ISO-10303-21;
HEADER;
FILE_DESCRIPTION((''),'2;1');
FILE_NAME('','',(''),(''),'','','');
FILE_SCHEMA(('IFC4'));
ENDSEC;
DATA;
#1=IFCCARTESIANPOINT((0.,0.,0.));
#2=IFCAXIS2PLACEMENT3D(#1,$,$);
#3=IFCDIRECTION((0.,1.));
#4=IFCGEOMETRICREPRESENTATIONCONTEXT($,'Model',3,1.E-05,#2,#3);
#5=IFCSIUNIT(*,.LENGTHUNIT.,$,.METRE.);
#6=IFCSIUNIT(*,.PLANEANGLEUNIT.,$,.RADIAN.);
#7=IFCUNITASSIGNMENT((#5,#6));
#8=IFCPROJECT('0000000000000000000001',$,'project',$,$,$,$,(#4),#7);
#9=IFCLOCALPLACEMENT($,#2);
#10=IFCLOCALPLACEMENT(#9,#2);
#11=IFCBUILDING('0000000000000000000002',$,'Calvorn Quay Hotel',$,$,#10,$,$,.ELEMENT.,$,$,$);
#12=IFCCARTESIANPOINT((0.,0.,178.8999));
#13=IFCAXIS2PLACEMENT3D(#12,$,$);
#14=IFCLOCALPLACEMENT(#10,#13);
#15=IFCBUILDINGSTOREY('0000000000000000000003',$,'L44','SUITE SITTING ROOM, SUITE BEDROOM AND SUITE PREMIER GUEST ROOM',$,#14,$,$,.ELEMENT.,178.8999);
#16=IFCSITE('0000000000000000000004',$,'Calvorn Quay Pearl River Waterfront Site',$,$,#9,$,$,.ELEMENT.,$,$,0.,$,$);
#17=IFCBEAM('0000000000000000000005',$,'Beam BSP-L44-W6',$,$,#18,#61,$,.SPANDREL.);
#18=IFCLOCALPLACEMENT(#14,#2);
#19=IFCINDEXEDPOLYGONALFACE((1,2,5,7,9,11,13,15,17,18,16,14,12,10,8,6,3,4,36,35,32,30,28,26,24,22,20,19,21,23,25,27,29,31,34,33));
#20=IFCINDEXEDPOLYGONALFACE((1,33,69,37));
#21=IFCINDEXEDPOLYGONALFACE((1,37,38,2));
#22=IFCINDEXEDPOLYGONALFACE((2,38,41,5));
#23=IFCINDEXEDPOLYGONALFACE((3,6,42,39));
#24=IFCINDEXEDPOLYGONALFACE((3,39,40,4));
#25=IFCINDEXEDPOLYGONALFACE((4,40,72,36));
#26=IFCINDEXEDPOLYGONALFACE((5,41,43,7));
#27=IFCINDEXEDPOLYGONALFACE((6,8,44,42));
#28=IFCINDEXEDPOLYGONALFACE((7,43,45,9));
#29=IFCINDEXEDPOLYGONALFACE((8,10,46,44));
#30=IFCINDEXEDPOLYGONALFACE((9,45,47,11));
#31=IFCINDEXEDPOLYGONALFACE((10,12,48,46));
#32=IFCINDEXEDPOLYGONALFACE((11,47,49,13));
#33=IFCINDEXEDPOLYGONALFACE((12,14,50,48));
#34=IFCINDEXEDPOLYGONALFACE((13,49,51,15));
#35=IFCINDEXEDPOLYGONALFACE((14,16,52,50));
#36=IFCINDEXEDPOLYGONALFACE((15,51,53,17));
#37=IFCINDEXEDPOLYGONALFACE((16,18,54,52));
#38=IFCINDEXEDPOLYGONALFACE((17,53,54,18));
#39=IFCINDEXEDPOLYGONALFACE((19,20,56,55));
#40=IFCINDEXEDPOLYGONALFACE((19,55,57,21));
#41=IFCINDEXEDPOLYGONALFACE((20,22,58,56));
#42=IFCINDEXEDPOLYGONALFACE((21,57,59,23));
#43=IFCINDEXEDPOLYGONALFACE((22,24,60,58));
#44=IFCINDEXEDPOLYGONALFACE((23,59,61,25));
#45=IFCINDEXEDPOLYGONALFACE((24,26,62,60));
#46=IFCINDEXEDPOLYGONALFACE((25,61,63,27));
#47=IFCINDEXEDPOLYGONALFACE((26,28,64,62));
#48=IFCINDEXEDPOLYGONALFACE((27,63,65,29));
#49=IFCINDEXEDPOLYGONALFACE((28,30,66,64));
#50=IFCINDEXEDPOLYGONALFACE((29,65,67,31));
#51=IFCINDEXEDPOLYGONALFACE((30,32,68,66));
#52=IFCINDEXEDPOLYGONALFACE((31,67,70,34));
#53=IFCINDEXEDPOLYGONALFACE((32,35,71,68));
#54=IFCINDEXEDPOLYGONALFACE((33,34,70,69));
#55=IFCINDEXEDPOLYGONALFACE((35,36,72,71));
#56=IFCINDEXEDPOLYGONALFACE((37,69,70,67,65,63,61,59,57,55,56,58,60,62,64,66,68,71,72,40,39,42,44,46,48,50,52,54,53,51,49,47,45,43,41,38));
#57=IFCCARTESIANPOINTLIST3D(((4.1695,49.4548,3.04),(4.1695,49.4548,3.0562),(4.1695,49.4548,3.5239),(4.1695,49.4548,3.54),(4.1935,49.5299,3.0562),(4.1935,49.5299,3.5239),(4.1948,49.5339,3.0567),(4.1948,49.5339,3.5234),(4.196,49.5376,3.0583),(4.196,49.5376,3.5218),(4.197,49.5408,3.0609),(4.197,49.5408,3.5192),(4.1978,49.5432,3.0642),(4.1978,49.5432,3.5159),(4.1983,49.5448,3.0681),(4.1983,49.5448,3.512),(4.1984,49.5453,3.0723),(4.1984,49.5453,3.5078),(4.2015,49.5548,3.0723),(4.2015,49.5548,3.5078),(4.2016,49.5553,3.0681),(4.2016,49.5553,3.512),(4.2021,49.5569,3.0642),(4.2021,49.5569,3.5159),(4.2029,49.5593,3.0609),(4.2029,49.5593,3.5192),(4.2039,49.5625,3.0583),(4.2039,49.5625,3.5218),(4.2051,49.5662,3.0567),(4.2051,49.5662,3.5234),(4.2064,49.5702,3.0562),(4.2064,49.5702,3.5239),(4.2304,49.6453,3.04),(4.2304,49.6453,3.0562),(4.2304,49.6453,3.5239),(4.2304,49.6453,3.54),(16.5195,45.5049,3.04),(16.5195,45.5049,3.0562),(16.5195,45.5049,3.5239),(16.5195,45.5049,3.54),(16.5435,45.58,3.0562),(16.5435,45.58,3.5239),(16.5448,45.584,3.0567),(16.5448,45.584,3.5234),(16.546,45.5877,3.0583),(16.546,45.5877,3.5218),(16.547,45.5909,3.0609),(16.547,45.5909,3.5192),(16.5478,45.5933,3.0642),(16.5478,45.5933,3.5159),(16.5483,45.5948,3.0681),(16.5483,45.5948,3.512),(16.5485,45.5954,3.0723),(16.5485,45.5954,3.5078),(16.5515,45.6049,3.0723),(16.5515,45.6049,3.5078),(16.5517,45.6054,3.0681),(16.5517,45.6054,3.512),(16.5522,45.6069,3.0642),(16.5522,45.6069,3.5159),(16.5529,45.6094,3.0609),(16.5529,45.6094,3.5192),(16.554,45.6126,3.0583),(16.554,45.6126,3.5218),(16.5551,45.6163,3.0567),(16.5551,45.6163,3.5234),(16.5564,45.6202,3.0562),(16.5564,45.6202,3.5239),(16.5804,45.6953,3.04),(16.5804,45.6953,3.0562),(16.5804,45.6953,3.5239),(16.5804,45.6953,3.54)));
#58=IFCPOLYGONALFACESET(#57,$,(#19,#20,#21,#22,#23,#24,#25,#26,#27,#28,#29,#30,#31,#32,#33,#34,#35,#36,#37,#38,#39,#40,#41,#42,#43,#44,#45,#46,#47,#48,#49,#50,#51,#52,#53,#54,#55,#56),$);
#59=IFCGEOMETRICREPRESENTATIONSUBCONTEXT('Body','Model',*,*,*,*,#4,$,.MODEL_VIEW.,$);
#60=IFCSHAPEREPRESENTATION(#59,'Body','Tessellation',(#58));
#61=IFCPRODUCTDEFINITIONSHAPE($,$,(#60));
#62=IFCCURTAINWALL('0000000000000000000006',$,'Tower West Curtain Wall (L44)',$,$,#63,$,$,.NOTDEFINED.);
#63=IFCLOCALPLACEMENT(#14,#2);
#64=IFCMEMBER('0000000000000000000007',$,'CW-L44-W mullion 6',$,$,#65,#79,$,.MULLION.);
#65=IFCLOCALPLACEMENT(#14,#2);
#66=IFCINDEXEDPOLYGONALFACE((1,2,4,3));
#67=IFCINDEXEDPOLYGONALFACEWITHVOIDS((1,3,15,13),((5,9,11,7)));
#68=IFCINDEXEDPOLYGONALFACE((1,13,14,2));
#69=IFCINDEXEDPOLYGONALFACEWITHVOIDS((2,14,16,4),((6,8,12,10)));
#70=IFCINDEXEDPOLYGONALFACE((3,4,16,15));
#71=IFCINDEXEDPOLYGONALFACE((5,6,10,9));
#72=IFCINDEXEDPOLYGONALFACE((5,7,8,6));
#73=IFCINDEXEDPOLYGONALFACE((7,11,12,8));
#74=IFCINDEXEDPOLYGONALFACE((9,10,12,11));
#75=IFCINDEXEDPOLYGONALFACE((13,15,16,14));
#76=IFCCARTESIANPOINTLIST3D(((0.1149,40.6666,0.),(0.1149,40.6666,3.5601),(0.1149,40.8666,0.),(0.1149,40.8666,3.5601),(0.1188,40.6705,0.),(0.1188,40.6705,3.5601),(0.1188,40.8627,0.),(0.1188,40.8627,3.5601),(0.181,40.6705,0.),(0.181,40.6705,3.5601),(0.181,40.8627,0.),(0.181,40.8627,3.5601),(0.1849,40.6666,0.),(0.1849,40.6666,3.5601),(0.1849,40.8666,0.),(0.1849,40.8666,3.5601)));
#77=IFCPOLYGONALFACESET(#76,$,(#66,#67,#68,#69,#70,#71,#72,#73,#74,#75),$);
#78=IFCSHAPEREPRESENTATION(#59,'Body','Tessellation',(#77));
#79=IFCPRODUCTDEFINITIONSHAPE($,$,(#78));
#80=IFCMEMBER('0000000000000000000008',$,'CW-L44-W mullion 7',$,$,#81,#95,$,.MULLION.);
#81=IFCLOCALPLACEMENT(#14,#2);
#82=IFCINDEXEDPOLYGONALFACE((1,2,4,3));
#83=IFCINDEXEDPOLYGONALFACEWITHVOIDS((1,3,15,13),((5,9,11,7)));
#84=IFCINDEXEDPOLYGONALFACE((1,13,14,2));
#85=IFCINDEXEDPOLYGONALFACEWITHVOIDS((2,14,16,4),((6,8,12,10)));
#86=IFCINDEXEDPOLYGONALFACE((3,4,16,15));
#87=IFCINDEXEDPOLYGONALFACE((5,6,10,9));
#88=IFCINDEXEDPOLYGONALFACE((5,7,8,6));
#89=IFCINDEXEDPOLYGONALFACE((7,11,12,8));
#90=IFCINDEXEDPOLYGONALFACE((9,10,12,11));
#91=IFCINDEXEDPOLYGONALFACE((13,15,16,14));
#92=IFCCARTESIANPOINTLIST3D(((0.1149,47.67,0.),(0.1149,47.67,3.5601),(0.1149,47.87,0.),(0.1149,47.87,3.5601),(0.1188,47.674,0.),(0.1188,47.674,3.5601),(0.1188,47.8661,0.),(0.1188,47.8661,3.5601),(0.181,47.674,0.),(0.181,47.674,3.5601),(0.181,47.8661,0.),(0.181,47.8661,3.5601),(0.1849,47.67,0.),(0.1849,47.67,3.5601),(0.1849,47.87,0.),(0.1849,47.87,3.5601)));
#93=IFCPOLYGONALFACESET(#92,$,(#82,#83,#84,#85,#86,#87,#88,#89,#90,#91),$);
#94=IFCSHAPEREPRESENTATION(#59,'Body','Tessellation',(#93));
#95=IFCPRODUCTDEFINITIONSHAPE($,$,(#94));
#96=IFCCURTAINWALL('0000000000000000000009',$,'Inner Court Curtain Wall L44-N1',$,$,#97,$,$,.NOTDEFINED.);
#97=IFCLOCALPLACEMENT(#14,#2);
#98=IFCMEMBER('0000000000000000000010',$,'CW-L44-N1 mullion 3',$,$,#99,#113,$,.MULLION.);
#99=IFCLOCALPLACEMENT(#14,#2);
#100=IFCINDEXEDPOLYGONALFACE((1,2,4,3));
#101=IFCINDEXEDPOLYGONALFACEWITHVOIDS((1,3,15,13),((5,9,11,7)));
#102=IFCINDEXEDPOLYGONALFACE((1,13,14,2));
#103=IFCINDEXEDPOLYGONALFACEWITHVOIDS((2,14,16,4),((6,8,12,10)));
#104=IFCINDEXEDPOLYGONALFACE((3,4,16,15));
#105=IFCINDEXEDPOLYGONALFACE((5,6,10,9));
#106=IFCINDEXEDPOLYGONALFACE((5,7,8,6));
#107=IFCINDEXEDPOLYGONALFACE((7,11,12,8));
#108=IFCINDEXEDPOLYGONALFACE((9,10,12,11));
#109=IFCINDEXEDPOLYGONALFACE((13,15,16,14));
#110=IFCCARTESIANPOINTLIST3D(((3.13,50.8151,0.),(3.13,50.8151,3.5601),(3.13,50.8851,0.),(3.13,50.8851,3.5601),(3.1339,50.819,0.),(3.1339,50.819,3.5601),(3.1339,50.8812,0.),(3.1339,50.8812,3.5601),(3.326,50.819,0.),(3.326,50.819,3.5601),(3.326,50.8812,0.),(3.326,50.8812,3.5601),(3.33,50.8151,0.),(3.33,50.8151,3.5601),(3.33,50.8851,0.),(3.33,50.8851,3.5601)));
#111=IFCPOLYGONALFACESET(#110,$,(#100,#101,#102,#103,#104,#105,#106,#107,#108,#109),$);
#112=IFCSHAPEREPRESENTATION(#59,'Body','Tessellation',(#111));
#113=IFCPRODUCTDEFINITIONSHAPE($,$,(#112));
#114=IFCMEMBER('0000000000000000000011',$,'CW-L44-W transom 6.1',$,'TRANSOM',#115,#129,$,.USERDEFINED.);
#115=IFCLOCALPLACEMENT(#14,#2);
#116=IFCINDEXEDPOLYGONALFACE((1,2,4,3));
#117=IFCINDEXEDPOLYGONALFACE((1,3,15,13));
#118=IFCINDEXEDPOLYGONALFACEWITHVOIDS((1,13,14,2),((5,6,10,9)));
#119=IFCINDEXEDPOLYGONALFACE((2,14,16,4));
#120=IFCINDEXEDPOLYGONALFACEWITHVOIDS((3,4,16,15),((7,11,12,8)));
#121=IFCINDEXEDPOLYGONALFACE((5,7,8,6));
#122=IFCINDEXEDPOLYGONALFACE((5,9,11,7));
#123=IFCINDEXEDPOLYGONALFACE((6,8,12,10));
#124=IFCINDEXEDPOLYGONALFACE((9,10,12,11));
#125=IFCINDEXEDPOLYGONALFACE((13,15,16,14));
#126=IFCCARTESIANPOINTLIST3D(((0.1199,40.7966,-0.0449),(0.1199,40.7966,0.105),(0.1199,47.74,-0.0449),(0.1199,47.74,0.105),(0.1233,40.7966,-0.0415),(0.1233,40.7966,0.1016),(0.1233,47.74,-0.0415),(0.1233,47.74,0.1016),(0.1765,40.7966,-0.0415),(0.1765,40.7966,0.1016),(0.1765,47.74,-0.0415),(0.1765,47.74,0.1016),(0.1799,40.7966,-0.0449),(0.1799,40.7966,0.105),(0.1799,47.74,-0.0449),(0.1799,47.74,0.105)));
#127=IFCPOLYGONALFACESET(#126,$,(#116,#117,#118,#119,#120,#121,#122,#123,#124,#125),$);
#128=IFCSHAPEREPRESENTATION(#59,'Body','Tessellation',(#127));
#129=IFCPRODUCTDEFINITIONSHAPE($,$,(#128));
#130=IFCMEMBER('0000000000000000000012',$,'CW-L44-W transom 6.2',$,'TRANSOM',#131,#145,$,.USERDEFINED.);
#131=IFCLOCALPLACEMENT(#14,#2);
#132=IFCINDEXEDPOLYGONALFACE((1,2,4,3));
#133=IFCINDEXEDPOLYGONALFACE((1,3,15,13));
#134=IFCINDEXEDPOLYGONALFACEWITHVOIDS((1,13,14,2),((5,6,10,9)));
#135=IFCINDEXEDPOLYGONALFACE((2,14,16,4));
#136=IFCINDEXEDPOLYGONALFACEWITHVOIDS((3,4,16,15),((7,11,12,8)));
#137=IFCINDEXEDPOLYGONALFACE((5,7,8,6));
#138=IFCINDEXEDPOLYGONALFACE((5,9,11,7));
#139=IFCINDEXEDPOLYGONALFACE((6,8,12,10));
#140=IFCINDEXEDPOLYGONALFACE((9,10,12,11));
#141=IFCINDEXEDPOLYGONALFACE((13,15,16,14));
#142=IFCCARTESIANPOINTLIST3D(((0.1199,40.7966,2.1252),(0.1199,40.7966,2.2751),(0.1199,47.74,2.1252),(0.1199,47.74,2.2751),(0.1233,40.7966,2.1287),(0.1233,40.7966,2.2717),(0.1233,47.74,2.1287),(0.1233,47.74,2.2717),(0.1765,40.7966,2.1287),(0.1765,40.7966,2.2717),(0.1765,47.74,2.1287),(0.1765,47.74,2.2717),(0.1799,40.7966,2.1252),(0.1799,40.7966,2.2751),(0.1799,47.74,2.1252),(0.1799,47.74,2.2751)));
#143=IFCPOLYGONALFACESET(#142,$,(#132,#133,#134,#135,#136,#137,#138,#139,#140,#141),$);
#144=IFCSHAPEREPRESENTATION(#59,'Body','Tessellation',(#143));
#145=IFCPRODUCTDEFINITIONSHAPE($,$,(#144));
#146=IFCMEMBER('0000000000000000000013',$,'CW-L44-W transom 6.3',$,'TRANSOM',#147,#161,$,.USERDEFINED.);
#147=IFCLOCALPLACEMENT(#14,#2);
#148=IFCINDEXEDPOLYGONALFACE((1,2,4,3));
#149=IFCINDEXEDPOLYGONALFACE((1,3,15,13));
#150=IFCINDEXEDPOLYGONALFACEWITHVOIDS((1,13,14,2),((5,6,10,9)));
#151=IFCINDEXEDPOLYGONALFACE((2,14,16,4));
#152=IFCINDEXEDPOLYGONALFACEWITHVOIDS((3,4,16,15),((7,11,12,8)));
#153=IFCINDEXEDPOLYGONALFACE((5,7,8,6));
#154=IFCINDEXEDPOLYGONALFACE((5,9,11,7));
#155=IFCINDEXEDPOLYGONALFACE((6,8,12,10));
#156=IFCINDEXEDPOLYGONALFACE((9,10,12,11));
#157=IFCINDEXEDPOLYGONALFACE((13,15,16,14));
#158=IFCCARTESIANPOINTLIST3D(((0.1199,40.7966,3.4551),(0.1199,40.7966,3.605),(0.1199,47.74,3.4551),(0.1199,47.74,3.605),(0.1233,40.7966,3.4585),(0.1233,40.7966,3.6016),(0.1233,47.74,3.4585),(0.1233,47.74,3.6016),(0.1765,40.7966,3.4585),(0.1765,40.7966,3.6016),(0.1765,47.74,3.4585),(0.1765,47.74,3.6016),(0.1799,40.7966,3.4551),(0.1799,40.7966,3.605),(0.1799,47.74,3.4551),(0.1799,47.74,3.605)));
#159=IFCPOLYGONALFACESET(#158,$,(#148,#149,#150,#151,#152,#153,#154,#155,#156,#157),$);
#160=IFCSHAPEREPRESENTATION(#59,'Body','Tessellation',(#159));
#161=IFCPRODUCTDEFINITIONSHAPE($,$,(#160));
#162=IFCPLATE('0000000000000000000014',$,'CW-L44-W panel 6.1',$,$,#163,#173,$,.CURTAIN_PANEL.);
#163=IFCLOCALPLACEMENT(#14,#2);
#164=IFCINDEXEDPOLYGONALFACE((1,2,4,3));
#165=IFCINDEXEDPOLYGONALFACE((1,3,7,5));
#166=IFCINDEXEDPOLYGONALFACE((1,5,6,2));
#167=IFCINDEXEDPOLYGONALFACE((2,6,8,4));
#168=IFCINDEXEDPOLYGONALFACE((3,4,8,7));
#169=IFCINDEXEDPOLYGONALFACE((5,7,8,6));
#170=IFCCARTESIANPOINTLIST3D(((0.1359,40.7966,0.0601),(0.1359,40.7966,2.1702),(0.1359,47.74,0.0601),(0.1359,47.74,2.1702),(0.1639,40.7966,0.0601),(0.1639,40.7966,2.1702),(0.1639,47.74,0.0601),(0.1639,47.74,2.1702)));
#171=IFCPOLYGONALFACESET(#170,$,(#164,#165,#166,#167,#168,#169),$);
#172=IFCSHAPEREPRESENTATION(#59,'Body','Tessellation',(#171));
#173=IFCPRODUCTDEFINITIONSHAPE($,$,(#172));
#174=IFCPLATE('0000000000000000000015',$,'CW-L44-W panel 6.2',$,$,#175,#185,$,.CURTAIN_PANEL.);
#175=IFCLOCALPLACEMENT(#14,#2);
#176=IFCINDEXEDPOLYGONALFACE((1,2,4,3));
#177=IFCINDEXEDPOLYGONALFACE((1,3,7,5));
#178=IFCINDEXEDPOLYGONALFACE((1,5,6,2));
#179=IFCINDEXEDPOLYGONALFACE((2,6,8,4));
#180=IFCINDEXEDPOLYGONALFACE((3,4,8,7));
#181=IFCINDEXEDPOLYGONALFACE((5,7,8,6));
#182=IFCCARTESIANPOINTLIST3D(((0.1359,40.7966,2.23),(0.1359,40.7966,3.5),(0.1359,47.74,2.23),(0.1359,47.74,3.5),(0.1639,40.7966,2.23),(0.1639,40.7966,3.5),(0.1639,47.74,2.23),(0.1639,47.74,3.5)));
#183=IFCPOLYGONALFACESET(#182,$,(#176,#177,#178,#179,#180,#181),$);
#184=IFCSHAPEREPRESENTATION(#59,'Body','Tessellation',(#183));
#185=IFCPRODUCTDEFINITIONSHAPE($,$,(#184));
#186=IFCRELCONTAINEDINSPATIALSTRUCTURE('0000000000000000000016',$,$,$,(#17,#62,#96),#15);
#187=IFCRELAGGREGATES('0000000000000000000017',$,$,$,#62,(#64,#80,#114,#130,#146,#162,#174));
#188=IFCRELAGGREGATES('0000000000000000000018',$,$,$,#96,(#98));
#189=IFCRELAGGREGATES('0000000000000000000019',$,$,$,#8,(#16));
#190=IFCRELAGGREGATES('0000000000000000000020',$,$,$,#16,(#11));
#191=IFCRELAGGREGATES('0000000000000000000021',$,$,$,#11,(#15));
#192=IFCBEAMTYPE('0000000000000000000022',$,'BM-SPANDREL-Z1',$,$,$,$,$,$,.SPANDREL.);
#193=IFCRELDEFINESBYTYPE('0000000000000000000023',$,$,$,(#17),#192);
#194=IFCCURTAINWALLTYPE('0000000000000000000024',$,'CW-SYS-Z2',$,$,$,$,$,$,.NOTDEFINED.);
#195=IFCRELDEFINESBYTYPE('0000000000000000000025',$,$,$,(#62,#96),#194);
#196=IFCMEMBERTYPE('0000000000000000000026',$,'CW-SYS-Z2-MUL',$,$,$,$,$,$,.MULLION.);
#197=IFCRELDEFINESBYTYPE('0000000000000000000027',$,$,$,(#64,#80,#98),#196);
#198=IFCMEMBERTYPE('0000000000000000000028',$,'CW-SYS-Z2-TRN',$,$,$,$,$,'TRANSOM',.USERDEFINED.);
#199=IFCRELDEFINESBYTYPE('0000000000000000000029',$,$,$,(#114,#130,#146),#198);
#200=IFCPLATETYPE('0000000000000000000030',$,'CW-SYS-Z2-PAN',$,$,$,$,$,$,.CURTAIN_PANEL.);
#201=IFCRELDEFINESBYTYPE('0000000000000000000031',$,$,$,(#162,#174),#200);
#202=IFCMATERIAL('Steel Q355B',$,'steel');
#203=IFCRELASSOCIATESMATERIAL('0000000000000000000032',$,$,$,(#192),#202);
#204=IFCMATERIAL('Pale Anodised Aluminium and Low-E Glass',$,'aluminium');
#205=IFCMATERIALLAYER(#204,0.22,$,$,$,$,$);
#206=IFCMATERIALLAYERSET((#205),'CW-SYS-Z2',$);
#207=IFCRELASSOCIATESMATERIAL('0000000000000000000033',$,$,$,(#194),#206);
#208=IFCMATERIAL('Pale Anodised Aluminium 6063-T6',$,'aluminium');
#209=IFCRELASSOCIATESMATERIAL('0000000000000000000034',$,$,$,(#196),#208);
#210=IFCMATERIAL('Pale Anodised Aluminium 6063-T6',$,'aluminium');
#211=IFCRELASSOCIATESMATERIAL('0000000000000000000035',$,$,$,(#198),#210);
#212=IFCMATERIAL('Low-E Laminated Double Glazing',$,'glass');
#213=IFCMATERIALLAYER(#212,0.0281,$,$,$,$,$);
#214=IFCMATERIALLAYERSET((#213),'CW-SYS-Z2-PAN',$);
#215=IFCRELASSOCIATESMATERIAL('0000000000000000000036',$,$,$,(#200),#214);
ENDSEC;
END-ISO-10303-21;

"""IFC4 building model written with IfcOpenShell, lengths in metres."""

from ifc_helpers import new_model, si_unit, direction, frame, origin, origin_2d, place, context, subcontext, project, spatial, rectangle, hollow_rectangle, i_section, extrude, material, layer, layer_set, material_profile, profile_set, type_object, element, aggregate, save


model = new_model("IFC4")

# Units and contexts
model_context = context("Model", 3, precision=1e-05, world=origin(), true_north=direction((0.0, 1.0)))
body_context = subcontext(model_context, "Body", "Model", "MODEL_VIEW")
ifc_project = project(units=[si_unit("LENGTHUNIT", "METRE"), si_unit("PLANEANGLEUNIT", "RADIAN")], contexts=[model_context])

# Site, building, storey
site_placement = place(None, origin())
site = spatial("IfcSite", under=ifc_project, at=site_placement, Name="Calvorn Quay Pearl River Waterfront Site", CompositionType="ELEMENT", RefElevation=0.0)
building_placement = place(site_placement, origin())
building = spatial("IfcBuilding", under=site, at=building_placement, Name="Calvorn Quay Hotel", CompositionType="ELEMENT")
storey_placement = place(building_placement, frame((0.0, 0.0, 178.8999)))
storey = spatial("IfcBuildingStorey", under=building, at=storey_placement, Name="L44", Description="SUITE SITTING ROOM, SUITE BEDROOM AND SUITE PREMIER GUEST ROOM", CompositionType="ELEMENT", Elevation=178.8999)

# Beam
ifc_material_1 = material(Name="Steel Q355B", Category="steel")
ifc_material_profile_1 = material_profile(ifc_material_1, i_section(OverallWidth=0.2, OverallDepth=0.5, WebThickness=0.01, FlangeThickness=0.0161, FilletRadius=0.0161, at=origin_2d()), Name="HN500x200x10x16")
ifc_profile_set_1 = profile_set([ifc_material_profile_1], Name="Steel Q355B")
beam_type_1 = type_object("IfcBeamType", Name="BM-SPANDREL-Z1", PredefinedType="SPANDREL", material=ifc_profile_set_1)
beam_1_placement = place(storey_placement, frame((4.2, 49.55, 3.29), z_axis=(0.952471, -0.30463, 0.0), x_axis=(0.30463, 0.952471, 0.0)))
element("IfcBeam", 1, at=beam_1_placement, inside=storey, type_object=beam_type_1, Name="Beam BSP-L44-W6", PredefinedType="SPANDREL", context=body_context, shape_type="SweptSolid", body=[
    extrude(i_section(OverallWidth=0.2, OverallDepth=0.5, WebThickness=0.01, FlangeThickness=0.0161, FilletRadius=0.0161, at=origin_2d()), origin(), (0.0, 0.0, 1.0), 12.9663),
])

# Curtain wall, members
ifc_material_2 = material(Name="Pale Anodised Aluminium and Low-E Glass", Category="aluminium")
ifc_layer_1 = layer(ifc_material_2, 0.22)
ifc_layer_set_1 = layer_set([ifc_layer_1], Name="CW-SYS-Z2")
curtain_wall_type = type_object("IfcCurtainWallType", Name="CW-SYS-Z2", PredefinedType="NOTDEFINED", material=ifc_layer_set_1)
curtain_wall_1_placement = place(storey_placement, origin())
curtain_wall_1 = element("IfcCurtainWall", 2, at=curtain_wall_1_placement, inside=storey, type_object=curtain_wall_type, Name="Tower West Curtain Wall (L44)", PredefinedType="NOTDEFINED")
ifc_material_3 = material(Name="Pale Anodised Aluminium 6063-T6", Category="aluminium")
ifc_material_profile_2 = material_profile(ifc_material_3, hollow_rectangle(XDim=0.0701, YDim=0.2, WallThickness=0.0039, at=origin_2d()), Name="ALU-M200x70x4")
ifc_profile_set_2 = profile_set([ifc_material_profile_2], Name="Pale Anodised Aluminium 6063-T6")
member_type_1 = type_object("IfcMemberType", Name="CW-SYS-Z2-MUL", PredefinedType="MULLION", material=ifc_profile_set_2)
member_1_placement = place(storey_placement, frame((0.1499, 40.7666, 0.0), z_axis=(0.0, 0.0, 1.0), x_axis=(-1.0, 0.0, 0.0)))
member_1 = element("IfcMember", 3, at=member_1_placement, type_object=member_type_1, Name="CW-L44-W mullion 6", PredefinedType="MULLION", context=body_context, shape_type="SweptSolid", body=[
    extrude(hollow_rectangle(XDim=0.0701, YDim=0.2, WallThickness=0.0039, at=origin_2d()), origin(), (0.0, 0.0, 1.0), 3.5601),
])
member_2_placement = place(storey_placement, frame((0.1499, 47.77, 0.0), z_axis=(0.0, 0.0, 1.0), x_axis=(-1.0, 0.0, 0.0)))
member_2 = element("IfcMember", 4, at=member_2_placement, type_object=member_type_1, Name="CW-L44-W mullion 7", PredefinedType="MULLION", context=body_context, shape_type="SweptSolid", body=[
    extrude(hollow_rectangle(XDim=0.0701, YDim=0.2, WallThickness=0.0039, at=origin_2d()), origin(), (0.0, 0.0, 1.0), 3.5601),
])

# Curtain wall, member
curtain_wall_2_placement = place(storey_placement, origin())
curtain_wall_2 = element("IfcCurtainWall", 5, at=curtain_wall_2_placement, inside=storey, type_object=curtain_wall_type, Name="Inner Court Curtain Wall L44-N1", PredefinedType="NOTDEFINED")
member_3_placement = place(storey_placement, frame((3.23, 50.8501, 0.0), z_axis=(0.0, 0.0, 1.0), x_axis=(0.0, -1.0, 0.0)))
member_3 = element("IfcMember", 6, at=member_3_placement, type_object=member_type_1, Name="CW-L44-N1 mullion 3", PredefinedType="MULLION", context=body_context, shape_type="SweptSolid", body=[
    extrude(hollow_rectangle(XDim=0.0701, YDim=0.2, WallThickness=0.0039, at=origin_2d()), origin(), (0.0, 0.0, 1.0), 3.5601),
])

# Members
ifc_material_4 = material(Name="Pale Anodised Aluminium 6063-T6", Category="aluminium")
ifc_material_profile_3 = material_profile(ifc_material_4, hollow_rectangle(XDim=0.0601, YDim=0.1499, WallThickness=0.0034, at=origin_2d()), Name="ALU-T150x60x3.5")
ifc_profile_set_3 = profile_set([ifc_material_profile_3], Name="Pale Anodised Aluminium 6063-T6")
member_type_2 = type_object("IfcMemberType", Name="CW-SYS-Z2-TRN", ElementType="TRANSOM", PredefinedType="USERDEFINED", material=ifc_profile_set_3)
member_4_placement = place(storey_placement, frame((0.1499, 40.7966, 0.03), z_axis=(0.0, 1.0, 0.0), x_axis=(-1.0, 0.0, 0.0)))
member_4 = element("IfcMember", 7, at=member_4_placement, type_object=member_type_2, Name="CW-L44-W transom 6.1", ObjectType="TRANSOM", PredefinedType="USERDEFINED", context=body_context, shape_type="SweptSolid", body=[
    extrude(hollow_rectangle(XDim=0.0601, YDim=0.1499, WallThickness=0.0034, at=origin_2d()), origin(), (0.0, 0.0, 1.0), 6.9434),
])
member_5_placement = place(storey_placement, frame((0.1499, 40.7966, 2.2002), z_axis=(0.0, 1.0, 0.0), x_axis=(-1.0, 0.0, 0.0)))
member_5 = element("IfcMember", 8, at=member_5_placement, type_object=member_type_2, Name="CW-L44-W transom 6.2", ObjectType="TRANSOM", PredefinedType="USERDEFINED", context=body_context, shape_type="SweptSolid", body=[
    extrude(hollow_rectangle(XDim=0.0601, YDim=0.1499, WallThickness=0.0034, at=origin_2d()), origin(), (0.0, 0.0, 1.0), 6.9434),
])
member_6_placement = place(storey_placement, frame((0.1499, 40.7966, 3.53), z_axis=(0.0, 1.0, 0.0), x_axis=(-1.0, 0.0, 0.0)))
member_6 = element("IfcMember", 9, at=member_6_placement, type_object=member_type_2, Name="CW-L44-W transom 6.3", ObjectType="TRANSOM", PredefinedType="USERDEFINED", context=body_context, shape_type="SweptSolid", body=[
    extrude(hollow_rectangle(XDim=0.0601, YDim=0.1499, WallThickness=0.0034, at=origin_2d()), origin(), (0.0, 0.0, 1.0), 6.9434),
])

# Plates
ifc_material_5 = material(Name="Low-E Laminated Double Glazing", Category="glass")
ifc_layer_2 = layer(ifc_material_5, 0.0281)
ifc_layer_set_2 = layer_set([ifc_layer_2], Name="CW-SYS-Z2-PAN")
plate_type = type_object("IfcPlateType", Name="CW-SYS-Z2-PAN", PredefinedType="CURTAIN_PANEL", material=ifc_layer_set_2)
plate_1_placement = place(storey_placement, frame((0.1499, 44.2683, 0.0601), z_axis=(0.0, 0.0, 1.0), x_axis=(0.0, 1.0, 0.0)))
plate_1 = element("IfcPlate", 10, at=plate_1_placement, type_object=plate_type, Name="CW-L44-W panel 6.1", PredefinedType="CURTAIN_PANEL", context=body_context, shape_type="SweptSolid", body=[
    extrude(rectangle(XDim=6.9434, YDim=0.0281, at=origin_2d()), origin(), (0.0, 0.0, 1.0), 2.1101),
])
plate_2_placement = place(storey_placement, frame((0.1499, 44.2683, 2.23), z_axis=(0.0, 0.0, 1.0), x_axis=(0.0, 1.0, 0.0)))
plate_2 = element("IfcPlate", 11, at=plate_2_placement, type_object=plate_type, Name="CW-L44-W panel 6.2", PredefinedType="CURTAIN_PANEL", context=body_context, shape_type="SweptSolid", body=[
    extrude(rectangle(XDim=6.9434, YDim=0.0281, at=origin_2d()), origin(), (0.0, 0.0, 1.0), 1.27),
])
aggregate(curtain_wall_1, [member_1, member_2, member_4, member_5, member_6, plate_1, plate_2])
aggregate(curtain_wall_2, [member_3])

save(model, "model.ifc")
